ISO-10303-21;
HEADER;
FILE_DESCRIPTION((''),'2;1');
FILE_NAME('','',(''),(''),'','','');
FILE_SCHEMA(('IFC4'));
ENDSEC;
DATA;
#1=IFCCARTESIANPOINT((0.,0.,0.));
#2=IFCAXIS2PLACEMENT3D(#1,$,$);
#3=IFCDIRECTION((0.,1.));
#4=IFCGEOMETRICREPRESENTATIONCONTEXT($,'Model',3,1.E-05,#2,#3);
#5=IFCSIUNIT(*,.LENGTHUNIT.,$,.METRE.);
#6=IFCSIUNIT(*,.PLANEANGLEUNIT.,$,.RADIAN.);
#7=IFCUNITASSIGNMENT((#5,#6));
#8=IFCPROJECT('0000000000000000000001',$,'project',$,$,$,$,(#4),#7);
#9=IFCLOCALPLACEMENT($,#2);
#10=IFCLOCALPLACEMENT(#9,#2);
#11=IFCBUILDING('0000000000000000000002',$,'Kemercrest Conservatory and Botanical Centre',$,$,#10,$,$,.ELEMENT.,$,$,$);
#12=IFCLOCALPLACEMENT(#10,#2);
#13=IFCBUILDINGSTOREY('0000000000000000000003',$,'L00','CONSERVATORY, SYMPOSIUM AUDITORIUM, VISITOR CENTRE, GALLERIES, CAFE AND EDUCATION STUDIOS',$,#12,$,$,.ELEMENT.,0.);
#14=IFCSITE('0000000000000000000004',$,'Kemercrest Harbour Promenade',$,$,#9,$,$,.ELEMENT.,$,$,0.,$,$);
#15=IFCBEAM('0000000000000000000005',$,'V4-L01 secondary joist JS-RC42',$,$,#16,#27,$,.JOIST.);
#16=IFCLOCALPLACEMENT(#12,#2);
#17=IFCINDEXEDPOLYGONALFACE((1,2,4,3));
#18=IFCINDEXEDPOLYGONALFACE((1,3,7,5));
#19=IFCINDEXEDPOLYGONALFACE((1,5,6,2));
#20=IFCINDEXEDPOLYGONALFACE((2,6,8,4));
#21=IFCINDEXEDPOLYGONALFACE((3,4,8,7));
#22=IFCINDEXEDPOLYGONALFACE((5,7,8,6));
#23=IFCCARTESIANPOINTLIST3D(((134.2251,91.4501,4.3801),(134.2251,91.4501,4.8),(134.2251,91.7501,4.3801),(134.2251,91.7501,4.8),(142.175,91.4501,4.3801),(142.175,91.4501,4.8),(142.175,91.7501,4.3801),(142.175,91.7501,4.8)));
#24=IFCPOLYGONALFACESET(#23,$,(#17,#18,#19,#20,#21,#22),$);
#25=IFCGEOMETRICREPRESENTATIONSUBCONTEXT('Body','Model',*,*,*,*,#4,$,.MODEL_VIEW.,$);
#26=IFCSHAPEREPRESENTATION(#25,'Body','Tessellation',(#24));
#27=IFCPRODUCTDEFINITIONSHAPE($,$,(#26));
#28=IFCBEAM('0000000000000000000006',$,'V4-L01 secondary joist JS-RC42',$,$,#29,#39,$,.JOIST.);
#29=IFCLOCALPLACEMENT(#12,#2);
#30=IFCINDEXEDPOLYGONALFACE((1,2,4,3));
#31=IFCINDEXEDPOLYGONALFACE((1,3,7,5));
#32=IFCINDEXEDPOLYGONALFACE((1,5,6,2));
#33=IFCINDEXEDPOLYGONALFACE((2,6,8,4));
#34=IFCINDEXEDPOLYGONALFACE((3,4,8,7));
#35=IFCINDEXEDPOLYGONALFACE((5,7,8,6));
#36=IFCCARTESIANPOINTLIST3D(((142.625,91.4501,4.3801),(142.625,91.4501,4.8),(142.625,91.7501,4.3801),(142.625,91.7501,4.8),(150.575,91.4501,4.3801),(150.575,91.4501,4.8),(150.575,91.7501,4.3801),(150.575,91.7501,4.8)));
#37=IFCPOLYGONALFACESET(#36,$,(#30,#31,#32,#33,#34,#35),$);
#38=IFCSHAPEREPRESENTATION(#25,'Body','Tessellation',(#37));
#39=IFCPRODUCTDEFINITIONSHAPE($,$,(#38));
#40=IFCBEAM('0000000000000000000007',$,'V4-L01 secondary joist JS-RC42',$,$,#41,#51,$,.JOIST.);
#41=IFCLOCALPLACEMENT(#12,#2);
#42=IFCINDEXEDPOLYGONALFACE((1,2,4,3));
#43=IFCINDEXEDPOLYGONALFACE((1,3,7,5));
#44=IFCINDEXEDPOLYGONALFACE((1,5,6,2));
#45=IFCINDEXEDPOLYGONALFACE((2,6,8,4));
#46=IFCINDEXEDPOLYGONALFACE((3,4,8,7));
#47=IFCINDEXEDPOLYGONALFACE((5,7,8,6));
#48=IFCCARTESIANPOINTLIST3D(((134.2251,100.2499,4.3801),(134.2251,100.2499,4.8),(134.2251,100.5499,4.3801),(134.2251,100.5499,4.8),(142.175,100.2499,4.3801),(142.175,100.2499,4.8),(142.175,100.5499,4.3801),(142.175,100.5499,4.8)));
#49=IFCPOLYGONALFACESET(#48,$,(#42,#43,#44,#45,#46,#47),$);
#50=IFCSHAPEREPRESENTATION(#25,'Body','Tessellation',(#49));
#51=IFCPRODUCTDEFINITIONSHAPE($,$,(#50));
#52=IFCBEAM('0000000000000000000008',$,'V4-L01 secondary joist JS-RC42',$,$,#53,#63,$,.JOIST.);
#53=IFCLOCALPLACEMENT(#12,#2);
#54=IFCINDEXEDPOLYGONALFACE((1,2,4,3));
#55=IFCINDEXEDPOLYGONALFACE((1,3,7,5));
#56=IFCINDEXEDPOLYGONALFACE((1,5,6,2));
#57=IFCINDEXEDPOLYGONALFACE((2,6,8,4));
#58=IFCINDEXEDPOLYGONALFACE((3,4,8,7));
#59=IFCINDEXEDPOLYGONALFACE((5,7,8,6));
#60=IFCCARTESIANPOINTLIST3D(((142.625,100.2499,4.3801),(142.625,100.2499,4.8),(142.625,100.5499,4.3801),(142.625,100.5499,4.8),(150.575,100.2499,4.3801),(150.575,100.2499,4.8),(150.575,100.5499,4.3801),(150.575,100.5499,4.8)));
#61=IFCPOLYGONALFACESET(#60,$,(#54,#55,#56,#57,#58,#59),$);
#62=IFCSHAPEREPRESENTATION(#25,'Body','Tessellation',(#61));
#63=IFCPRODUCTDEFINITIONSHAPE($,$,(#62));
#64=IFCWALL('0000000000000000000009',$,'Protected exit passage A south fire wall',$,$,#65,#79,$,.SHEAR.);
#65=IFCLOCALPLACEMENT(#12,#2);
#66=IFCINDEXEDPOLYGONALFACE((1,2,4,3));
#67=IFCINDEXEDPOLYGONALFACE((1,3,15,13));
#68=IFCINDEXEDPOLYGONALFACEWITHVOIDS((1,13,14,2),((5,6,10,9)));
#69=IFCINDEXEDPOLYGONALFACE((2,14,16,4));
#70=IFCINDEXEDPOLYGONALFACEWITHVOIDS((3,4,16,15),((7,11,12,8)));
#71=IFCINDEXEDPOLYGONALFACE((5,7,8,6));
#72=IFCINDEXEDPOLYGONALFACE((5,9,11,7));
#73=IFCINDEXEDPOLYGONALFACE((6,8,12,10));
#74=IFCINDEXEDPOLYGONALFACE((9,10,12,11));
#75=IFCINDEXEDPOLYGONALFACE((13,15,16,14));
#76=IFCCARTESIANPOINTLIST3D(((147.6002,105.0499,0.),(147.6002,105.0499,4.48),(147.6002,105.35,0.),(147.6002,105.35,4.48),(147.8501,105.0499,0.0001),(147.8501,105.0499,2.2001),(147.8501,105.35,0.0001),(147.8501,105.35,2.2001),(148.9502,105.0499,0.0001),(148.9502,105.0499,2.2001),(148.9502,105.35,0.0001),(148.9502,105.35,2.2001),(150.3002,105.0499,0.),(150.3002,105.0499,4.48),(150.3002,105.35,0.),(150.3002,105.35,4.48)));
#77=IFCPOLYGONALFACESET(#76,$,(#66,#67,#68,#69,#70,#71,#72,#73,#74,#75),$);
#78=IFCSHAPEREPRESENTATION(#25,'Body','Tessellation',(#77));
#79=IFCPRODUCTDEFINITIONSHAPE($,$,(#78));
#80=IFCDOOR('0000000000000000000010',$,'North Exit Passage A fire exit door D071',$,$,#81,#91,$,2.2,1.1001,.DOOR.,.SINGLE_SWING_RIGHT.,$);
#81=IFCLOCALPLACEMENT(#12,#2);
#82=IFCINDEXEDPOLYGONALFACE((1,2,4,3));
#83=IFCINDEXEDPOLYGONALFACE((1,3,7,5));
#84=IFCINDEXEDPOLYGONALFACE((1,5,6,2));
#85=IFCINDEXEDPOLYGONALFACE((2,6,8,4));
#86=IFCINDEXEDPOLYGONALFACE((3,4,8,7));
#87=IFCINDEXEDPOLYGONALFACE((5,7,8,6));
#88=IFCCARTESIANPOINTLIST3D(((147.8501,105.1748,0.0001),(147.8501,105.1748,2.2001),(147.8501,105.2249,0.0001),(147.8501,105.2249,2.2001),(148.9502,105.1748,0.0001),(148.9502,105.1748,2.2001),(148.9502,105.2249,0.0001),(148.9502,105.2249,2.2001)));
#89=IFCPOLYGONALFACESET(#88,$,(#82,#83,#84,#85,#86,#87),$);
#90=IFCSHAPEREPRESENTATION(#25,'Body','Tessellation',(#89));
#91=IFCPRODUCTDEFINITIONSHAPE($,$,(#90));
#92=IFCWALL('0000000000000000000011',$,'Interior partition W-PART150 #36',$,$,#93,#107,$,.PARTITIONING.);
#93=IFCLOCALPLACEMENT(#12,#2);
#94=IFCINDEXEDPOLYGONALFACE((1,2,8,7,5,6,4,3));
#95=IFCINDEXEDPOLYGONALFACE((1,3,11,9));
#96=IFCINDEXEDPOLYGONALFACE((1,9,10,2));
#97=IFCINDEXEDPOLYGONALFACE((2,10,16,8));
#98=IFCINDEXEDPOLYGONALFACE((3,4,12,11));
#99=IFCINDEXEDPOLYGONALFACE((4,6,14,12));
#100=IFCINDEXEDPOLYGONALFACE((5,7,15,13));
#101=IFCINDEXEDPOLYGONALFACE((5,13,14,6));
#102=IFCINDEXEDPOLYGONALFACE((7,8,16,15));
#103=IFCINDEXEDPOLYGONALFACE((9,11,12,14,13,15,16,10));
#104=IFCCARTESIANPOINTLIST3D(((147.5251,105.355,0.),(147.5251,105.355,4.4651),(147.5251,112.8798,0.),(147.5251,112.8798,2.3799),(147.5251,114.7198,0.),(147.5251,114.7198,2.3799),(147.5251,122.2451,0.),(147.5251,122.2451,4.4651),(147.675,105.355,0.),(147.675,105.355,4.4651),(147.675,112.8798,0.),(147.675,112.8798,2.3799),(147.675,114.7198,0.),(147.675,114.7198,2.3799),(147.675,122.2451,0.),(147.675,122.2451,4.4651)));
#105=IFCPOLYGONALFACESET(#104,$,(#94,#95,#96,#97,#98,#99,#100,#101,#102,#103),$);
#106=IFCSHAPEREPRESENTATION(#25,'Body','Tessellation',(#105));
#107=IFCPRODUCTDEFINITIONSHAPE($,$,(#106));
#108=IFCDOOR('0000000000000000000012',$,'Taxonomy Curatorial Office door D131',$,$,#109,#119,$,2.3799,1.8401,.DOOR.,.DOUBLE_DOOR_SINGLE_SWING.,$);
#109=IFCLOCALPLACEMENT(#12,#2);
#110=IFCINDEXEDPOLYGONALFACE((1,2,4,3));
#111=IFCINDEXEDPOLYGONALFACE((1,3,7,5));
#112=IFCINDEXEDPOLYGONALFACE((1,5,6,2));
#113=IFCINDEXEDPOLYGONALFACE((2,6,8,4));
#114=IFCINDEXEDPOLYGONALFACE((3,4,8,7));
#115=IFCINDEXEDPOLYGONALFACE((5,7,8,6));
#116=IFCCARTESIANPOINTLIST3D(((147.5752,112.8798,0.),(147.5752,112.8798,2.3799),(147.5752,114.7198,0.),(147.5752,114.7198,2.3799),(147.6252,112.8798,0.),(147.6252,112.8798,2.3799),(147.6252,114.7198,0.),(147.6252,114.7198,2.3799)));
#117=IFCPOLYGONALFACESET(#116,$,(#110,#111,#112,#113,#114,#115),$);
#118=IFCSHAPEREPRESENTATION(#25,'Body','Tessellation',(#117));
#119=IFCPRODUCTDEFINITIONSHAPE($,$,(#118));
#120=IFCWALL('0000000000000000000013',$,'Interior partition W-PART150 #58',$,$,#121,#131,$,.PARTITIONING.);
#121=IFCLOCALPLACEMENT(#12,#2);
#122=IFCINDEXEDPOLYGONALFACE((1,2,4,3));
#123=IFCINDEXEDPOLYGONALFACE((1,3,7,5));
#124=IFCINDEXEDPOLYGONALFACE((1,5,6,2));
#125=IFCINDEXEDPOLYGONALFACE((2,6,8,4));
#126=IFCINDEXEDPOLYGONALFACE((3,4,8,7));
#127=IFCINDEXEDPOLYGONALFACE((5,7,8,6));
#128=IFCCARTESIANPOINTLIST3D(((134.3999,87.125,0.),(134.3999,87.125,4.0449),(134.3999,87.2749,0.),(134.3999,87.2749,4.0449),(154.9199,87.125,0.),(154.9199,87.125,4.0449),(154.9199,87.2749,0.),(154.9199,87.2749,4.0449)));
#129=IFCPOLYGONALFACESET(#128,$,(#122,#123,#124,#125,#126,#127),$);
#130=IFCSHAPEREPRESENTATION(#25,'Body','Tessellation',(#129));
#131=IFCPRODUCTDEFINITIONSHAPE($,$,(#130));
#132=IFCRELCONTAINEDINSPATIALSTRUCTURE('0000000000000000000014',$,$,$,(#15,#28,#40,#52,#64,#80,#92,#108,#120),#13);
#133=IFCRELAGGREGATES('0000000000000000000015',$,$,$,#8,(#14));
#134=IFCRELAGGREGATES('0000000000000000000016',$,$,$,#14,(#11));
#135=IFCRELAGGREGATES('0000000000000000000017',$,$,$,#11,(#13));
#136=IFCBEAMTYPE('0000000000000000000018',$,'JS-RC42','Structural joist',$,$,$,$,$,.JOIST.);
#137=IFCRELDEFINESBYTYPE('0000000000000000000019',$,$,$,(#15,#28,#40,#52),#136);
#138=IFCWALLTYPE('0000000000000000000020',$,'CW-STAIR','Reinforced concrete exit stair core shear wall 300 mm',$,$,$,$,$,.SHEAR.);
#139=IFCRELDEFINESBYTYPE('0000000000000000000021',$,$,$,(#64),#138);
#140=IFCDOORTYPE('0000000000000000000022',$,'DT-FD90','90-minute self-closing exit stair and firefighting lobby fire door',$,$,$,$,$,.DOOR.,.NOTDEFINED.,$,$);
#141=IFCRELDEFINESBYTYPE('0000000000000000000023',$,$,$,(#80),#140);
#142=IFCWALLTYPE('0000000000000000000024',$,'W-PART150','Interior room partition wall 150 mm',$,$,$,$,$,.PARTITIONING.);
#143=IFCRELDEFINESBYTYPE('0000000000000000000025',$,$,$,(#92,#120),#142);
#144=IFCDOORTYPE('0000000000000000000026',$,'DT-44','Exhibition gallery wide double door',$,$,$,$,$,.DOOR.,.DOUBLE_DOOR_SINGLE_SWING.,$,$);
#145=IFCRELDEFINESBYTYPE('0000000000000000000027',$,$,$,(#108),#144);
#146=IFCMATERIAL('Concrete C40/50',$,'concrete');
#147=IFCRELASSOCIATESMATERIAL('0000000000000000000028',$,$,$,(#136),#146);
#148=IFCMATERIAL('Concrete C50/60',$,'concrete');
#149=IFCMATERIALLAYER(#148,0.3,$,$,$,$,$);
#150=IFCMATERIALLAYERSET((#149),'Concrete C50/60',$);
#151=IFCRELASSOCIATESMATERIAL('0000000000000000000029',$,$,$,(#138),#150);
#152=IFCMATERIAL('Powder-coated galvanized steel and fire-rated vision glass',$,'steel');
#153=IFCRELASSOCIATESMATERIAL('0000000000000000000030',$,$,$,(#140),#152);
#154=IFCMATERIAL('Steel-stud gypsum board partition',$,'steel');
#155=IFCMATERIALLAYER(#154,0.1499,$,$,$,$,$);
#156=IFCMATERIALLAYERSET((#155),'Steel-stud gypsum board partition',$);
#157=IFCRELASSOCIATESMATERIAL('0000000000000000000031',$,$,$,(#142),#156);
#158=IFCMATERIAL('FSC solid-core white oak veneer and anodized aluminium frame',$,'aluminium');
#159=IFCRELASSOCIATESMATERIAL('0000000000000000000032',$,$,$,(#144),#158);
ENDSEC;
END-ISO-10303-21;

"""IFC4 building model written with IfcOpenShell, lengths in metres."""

from ifc_helpers import new_model, si_unit, direction, frame, frame_2d, origin, origin_2d, place, context, subcontext, project, spatial, rectangle, extrude, material, layer, layer_set, material_profile, profile_set, type_object, element, fill, save


model = new_model("IFC4")

# Units and contexts
model_context = context("Model", 3, precision=1e-05, world=origin(), true_north=direction((0.0, 1.0)))
body_context = subcontext(model_context, "Body", "Model", "MODEL_VIEW")
ifc_project = project(units=[si_unit("LENGTHUNIT", "METRE"), si_unit("PLANEANGLEUNIT", "RADIAN")], contexts=[model_context])

# Site, building, storey
site_placement = place(None, origin())
site = spatial("IfcSite", under=ifc_project, at=site_placement, Name="Kemercrest Harbour Promenade", CompositionType="ELEMENT", RefElevation=0.0)
building_placement = place(site_placement, origin())
building = spatial("IfcBuilding", under=site, at=building_placement, Name="Kemercrest Conservatory and Botanical Centre", CompositionType="ELEMENT")
storey_placement = place(building_placement, origin())
storey = spatial("IfcBuildingStorey", under=building, at=storey_placement, Name="L00", Description="CONSERVATORY, SYMPOSIUM AUDITORIUM, VISITOR CENTRE, GALLERIES, CAFE AND EDUCATION STUDIOS", CompositionType="ELEMENT", Elevation=0.0)

# Shared definitions
ifc_material_1 = material(Name="Concrete C50/60", Category="concrete")

# Beams
ifc_material_2 = material(Name="Concrete C40/50", Category="concrete")
ifc_material_profile_1 = material_profile(ifc_material_2, rectangle(XDim=0.3, YDim=0.4199, at=origin_2d()), Name="RC 300x420")
ifc_profile_set_1 = profile_set([ifc_material_profile_1], Name="Concrete C40/50")
beam_type_1 = type_object("IfcBeamType", Name="JS-RC42", Description="Structural joist", PredefinedType="JOIST", material=ifc_profile_set_1)
for number, where, z_axis, x_axis, name in (
    (1, (134.2251, 91.6001, 4.5901), (1.0, 0.0, 0.0), (0.0, 1.0, 0.0), "V4-L01 secondary joist JS-RC42"),
    (2, (142.625, 91.6001, 4.5901), (1.0, 0.0, 0.0), (0.0, 1.0, 0.0), "V4-L01 secondary joist JS-RC42"),
    (3, (134.2251, 100.3999, 4.5901), (1.0, 0.0, 0.0), (0.0, 1.0, 0.0), "V4-L01 secondary joist JS-RC42"),
    (4, (142.625, 100.3999, 4.5901), (1.0, 0.0, 0.0), (0.0, 1.0, 0.0), "V4-L01 secondary joist JS-RC42"),
):
    element("IfcBeam", number, at=place(storey_placement, frame(where, z_axis=z_axis, x_axis=x_axis)), inside=storey, type_object=beam_type_1, Name=name, PredefinedType="JOIST", context=body_context, shape_type="SweptSolid", body=[
        extrude(rectangle(XDim=0.3, YDim=0.4199, at=origin_2d()), origin(), (0.0, 0.0, 1.0), 7.95),
    ])

# Walls, openings, doors
ifc_layer_1 = layer(ifc_material_1, 0.3)
ifc_layer_set_1 = layer_set([ifc_layer_1], Name="Concrete C50/60")
wall_type_1 = type_object("IfcWallType", Name="CW-STAIR", Description="Reinforced concrete exit stair core shear wall 300 mm", PredefinedType="SHEAR", material=ifc_layer_set_1)
wall_1_placement = place(storey_placement, frame((147.6001, 105.2, 0.0), z_axis=(0.0, 0.0, 1.0), x_axis=(1.0, 0.0, 0.0)))
wall_1 = element("IfcWall", 5, at=wall_1_placement, inside=storey, type_object=wall_type_1, Name="Protected exit passage A south fire wall", PredefinedType="SHEAR", context=body_context, shape_type="SweptSolid", body=[
    extrude(rectangle(XDim=2.7, YDim=0.3, at=frame_2d((1.3501, 0.0))), origin(), (0.0, 0.0, 1.0), 4.48),
])
opening_1_placement = place(wall_1_placement, frame((0.25, 0.0, 0.0)))
opening_1 = element("IfcOpeningElement", 6, at=opening_1_placement, cuts=wall_1, PredefinedType="OPENING", context=body_context, shape_type="SweptSolid", body=[
    extrude(rectangle(XDim=1.1001, YDim=2.2, at=frame_2d((0.55, 1.1001))), frame((0.0, 0.1602, 0.0), z_axis=(0.0, -1.0, 0.0), x_axis=(1.0, 0.0, 0.0)), (0.0, 0.0, 1.0), 0.3201),
])
ifc_material_3 = material(Name="Powder-coated galvanized steel and fire-rated vision glass", Category="steel")
door_type_1 = type_object("IfcDoorType", Name="DT-FD90", Description="90-minute self-closing exit stair and firefighting lobby fire door", OperationType="NOTDEFINED", PredefinedType="DOOR", material=ifc_material_3)
door_1_placement = place(opening_1_placement, origin())
door_1 = element("IfcDoor", 7, at=door_1_placement, inside=storey, type_object=door_type_1, Name="North Exit Passage A fire exit door D071", OperationType="SINGLE_SWING_RIGHT", OverallHeight=2.2, OverallWidth=1.1001, PredefinedType="DOOR", context=body_context, shape_type="SweptSolid", body=[
    extrude(rectangle(XDim=1.1001, YDim=2.2, at=frame_2d((0.55, 1.1001))), frame((0.0, 0.0249, 0.0), z_axis=(0.0, -1.0, 0.0), x_axis=(1.0, 0.0, 0.0)), (0.0, 0.0, 1.0), 0.05),
])
fill(opening_1, door_1)
ifc_material_4 = material(Name="Steel-stud gypsum board partition", Category="steel")
ifc_layer_2 = layer(ifc_material_4, 0.1499)
ifc_layer_set_2 = layer_set([ifc_layer_2], Name="Steel-stud gypsum board partition")
wall_type_2 = type_object("IfcWallType", Name="W-PART150", Description="Interior room partition wall 150 mm", PredefinedType="PARTITIONING", material=ifc_layer_set_2)
wall_2_placement = place(storey_placement, frame((147.6001, 105.355, 0.0), z_axis=(0.0, 0.0, 1.0), x_axis=(0.0, 1.0, 0.0)))
wall_2 = element("IfcWall", 8, at=wall_2_placement, inside=storey, type_object=wall_type_2, Name="Interior partition W-PART150 #36", PredefinedType="PARTITIONING", context=body_context, shape_type="SweptSolid", body=[
    extrude(rectangle(XDim=16.8901, YDim=0.1499, at=frame_2d((8.4451, 0.0))), origin(), (0.0, 0.0, 1.0), 4.4651),
])
opening_2_placement = place(wall_2_placement, frame((7.5249, 0.0, 0.0)))
opening_2 = element("IfcOpeningElement", 9, at=opening_2_placement, cuts=wall_2, PredefinedType="OPENING", context=body_context, shape_type="SweptSolid", body=[
    extrude(rectangle(XDim=1.8401, YDim=2.3799, at=frame_2d((0.9199, 1.1899))), frame((0.0, 0.085, 0.0), z_axis=(0.0, -1.0, 0.0), x_axis=(1.0, 0.0, 0.0)), (0.0, 0.0, 1.0), 0.1699),
])
ifc_material_5 = material(Name="FSC solid-core white oak veneer and anodized aluminium frame", Category="aluminium")
door_type_2 = type_object("IfcDoorType", Name="DT-44", Description="Exhibition gallery wide double door", OperationType="DOUBLE_DOOR_SINGLE_SWING", PredefinedType="DOOR", material=ifc_material_5)
door_2_placement = place(opening_2_placement, origin())
door_2 = element("IfcDoor", 10, at=door_2_placement, inside=storey, type_object=door_type_2, Name="Taxonomy Curatorial Office door D131", OperationType="DOUBLE_DOOR_SINGLE_SWING", OverallHeight=2.3799, OverallWidth=1.8401, PredefinedType="DOOR", context=body_context, shape_type="SweptSolid", body=[
    extrude(rectangle(XDim=1.8401, YDim=2.3799, at=frame_2d((0.9199, 1.1899))), frame((0.0, 0.0249, 0.0), z_axis=(0.0, -1.0, 0.0), x_axis=(1.0, 0.0, 0.0)), (0.0, 0.0, 1.0), 0.05),
])
fill(opening_2, door_2)

# Wall
wall_3_placement = place(storey_placement, frame((134.3999, 87.2, 0.0), z_axis=(0.0, 0.0, 1.0), x_axis=(1.0, 0.0, 0.0)))
element("IfcWall", 11, at=wall_3_placement, inside=storey, type_object=wall_type_2, Name="Interior partition W-PART150 #58", PredefinedType="PARTITIONING", context=body_context, shape_type="SweptSolid", body=[
    extrude(rectangle(XDim=20.52, YDim=0.1499, at=frame_2d((10.26, 0.0))), origin(), (0.0, 0.0, 1.0), 4.0449),
])

save(model, "model.ifc")
